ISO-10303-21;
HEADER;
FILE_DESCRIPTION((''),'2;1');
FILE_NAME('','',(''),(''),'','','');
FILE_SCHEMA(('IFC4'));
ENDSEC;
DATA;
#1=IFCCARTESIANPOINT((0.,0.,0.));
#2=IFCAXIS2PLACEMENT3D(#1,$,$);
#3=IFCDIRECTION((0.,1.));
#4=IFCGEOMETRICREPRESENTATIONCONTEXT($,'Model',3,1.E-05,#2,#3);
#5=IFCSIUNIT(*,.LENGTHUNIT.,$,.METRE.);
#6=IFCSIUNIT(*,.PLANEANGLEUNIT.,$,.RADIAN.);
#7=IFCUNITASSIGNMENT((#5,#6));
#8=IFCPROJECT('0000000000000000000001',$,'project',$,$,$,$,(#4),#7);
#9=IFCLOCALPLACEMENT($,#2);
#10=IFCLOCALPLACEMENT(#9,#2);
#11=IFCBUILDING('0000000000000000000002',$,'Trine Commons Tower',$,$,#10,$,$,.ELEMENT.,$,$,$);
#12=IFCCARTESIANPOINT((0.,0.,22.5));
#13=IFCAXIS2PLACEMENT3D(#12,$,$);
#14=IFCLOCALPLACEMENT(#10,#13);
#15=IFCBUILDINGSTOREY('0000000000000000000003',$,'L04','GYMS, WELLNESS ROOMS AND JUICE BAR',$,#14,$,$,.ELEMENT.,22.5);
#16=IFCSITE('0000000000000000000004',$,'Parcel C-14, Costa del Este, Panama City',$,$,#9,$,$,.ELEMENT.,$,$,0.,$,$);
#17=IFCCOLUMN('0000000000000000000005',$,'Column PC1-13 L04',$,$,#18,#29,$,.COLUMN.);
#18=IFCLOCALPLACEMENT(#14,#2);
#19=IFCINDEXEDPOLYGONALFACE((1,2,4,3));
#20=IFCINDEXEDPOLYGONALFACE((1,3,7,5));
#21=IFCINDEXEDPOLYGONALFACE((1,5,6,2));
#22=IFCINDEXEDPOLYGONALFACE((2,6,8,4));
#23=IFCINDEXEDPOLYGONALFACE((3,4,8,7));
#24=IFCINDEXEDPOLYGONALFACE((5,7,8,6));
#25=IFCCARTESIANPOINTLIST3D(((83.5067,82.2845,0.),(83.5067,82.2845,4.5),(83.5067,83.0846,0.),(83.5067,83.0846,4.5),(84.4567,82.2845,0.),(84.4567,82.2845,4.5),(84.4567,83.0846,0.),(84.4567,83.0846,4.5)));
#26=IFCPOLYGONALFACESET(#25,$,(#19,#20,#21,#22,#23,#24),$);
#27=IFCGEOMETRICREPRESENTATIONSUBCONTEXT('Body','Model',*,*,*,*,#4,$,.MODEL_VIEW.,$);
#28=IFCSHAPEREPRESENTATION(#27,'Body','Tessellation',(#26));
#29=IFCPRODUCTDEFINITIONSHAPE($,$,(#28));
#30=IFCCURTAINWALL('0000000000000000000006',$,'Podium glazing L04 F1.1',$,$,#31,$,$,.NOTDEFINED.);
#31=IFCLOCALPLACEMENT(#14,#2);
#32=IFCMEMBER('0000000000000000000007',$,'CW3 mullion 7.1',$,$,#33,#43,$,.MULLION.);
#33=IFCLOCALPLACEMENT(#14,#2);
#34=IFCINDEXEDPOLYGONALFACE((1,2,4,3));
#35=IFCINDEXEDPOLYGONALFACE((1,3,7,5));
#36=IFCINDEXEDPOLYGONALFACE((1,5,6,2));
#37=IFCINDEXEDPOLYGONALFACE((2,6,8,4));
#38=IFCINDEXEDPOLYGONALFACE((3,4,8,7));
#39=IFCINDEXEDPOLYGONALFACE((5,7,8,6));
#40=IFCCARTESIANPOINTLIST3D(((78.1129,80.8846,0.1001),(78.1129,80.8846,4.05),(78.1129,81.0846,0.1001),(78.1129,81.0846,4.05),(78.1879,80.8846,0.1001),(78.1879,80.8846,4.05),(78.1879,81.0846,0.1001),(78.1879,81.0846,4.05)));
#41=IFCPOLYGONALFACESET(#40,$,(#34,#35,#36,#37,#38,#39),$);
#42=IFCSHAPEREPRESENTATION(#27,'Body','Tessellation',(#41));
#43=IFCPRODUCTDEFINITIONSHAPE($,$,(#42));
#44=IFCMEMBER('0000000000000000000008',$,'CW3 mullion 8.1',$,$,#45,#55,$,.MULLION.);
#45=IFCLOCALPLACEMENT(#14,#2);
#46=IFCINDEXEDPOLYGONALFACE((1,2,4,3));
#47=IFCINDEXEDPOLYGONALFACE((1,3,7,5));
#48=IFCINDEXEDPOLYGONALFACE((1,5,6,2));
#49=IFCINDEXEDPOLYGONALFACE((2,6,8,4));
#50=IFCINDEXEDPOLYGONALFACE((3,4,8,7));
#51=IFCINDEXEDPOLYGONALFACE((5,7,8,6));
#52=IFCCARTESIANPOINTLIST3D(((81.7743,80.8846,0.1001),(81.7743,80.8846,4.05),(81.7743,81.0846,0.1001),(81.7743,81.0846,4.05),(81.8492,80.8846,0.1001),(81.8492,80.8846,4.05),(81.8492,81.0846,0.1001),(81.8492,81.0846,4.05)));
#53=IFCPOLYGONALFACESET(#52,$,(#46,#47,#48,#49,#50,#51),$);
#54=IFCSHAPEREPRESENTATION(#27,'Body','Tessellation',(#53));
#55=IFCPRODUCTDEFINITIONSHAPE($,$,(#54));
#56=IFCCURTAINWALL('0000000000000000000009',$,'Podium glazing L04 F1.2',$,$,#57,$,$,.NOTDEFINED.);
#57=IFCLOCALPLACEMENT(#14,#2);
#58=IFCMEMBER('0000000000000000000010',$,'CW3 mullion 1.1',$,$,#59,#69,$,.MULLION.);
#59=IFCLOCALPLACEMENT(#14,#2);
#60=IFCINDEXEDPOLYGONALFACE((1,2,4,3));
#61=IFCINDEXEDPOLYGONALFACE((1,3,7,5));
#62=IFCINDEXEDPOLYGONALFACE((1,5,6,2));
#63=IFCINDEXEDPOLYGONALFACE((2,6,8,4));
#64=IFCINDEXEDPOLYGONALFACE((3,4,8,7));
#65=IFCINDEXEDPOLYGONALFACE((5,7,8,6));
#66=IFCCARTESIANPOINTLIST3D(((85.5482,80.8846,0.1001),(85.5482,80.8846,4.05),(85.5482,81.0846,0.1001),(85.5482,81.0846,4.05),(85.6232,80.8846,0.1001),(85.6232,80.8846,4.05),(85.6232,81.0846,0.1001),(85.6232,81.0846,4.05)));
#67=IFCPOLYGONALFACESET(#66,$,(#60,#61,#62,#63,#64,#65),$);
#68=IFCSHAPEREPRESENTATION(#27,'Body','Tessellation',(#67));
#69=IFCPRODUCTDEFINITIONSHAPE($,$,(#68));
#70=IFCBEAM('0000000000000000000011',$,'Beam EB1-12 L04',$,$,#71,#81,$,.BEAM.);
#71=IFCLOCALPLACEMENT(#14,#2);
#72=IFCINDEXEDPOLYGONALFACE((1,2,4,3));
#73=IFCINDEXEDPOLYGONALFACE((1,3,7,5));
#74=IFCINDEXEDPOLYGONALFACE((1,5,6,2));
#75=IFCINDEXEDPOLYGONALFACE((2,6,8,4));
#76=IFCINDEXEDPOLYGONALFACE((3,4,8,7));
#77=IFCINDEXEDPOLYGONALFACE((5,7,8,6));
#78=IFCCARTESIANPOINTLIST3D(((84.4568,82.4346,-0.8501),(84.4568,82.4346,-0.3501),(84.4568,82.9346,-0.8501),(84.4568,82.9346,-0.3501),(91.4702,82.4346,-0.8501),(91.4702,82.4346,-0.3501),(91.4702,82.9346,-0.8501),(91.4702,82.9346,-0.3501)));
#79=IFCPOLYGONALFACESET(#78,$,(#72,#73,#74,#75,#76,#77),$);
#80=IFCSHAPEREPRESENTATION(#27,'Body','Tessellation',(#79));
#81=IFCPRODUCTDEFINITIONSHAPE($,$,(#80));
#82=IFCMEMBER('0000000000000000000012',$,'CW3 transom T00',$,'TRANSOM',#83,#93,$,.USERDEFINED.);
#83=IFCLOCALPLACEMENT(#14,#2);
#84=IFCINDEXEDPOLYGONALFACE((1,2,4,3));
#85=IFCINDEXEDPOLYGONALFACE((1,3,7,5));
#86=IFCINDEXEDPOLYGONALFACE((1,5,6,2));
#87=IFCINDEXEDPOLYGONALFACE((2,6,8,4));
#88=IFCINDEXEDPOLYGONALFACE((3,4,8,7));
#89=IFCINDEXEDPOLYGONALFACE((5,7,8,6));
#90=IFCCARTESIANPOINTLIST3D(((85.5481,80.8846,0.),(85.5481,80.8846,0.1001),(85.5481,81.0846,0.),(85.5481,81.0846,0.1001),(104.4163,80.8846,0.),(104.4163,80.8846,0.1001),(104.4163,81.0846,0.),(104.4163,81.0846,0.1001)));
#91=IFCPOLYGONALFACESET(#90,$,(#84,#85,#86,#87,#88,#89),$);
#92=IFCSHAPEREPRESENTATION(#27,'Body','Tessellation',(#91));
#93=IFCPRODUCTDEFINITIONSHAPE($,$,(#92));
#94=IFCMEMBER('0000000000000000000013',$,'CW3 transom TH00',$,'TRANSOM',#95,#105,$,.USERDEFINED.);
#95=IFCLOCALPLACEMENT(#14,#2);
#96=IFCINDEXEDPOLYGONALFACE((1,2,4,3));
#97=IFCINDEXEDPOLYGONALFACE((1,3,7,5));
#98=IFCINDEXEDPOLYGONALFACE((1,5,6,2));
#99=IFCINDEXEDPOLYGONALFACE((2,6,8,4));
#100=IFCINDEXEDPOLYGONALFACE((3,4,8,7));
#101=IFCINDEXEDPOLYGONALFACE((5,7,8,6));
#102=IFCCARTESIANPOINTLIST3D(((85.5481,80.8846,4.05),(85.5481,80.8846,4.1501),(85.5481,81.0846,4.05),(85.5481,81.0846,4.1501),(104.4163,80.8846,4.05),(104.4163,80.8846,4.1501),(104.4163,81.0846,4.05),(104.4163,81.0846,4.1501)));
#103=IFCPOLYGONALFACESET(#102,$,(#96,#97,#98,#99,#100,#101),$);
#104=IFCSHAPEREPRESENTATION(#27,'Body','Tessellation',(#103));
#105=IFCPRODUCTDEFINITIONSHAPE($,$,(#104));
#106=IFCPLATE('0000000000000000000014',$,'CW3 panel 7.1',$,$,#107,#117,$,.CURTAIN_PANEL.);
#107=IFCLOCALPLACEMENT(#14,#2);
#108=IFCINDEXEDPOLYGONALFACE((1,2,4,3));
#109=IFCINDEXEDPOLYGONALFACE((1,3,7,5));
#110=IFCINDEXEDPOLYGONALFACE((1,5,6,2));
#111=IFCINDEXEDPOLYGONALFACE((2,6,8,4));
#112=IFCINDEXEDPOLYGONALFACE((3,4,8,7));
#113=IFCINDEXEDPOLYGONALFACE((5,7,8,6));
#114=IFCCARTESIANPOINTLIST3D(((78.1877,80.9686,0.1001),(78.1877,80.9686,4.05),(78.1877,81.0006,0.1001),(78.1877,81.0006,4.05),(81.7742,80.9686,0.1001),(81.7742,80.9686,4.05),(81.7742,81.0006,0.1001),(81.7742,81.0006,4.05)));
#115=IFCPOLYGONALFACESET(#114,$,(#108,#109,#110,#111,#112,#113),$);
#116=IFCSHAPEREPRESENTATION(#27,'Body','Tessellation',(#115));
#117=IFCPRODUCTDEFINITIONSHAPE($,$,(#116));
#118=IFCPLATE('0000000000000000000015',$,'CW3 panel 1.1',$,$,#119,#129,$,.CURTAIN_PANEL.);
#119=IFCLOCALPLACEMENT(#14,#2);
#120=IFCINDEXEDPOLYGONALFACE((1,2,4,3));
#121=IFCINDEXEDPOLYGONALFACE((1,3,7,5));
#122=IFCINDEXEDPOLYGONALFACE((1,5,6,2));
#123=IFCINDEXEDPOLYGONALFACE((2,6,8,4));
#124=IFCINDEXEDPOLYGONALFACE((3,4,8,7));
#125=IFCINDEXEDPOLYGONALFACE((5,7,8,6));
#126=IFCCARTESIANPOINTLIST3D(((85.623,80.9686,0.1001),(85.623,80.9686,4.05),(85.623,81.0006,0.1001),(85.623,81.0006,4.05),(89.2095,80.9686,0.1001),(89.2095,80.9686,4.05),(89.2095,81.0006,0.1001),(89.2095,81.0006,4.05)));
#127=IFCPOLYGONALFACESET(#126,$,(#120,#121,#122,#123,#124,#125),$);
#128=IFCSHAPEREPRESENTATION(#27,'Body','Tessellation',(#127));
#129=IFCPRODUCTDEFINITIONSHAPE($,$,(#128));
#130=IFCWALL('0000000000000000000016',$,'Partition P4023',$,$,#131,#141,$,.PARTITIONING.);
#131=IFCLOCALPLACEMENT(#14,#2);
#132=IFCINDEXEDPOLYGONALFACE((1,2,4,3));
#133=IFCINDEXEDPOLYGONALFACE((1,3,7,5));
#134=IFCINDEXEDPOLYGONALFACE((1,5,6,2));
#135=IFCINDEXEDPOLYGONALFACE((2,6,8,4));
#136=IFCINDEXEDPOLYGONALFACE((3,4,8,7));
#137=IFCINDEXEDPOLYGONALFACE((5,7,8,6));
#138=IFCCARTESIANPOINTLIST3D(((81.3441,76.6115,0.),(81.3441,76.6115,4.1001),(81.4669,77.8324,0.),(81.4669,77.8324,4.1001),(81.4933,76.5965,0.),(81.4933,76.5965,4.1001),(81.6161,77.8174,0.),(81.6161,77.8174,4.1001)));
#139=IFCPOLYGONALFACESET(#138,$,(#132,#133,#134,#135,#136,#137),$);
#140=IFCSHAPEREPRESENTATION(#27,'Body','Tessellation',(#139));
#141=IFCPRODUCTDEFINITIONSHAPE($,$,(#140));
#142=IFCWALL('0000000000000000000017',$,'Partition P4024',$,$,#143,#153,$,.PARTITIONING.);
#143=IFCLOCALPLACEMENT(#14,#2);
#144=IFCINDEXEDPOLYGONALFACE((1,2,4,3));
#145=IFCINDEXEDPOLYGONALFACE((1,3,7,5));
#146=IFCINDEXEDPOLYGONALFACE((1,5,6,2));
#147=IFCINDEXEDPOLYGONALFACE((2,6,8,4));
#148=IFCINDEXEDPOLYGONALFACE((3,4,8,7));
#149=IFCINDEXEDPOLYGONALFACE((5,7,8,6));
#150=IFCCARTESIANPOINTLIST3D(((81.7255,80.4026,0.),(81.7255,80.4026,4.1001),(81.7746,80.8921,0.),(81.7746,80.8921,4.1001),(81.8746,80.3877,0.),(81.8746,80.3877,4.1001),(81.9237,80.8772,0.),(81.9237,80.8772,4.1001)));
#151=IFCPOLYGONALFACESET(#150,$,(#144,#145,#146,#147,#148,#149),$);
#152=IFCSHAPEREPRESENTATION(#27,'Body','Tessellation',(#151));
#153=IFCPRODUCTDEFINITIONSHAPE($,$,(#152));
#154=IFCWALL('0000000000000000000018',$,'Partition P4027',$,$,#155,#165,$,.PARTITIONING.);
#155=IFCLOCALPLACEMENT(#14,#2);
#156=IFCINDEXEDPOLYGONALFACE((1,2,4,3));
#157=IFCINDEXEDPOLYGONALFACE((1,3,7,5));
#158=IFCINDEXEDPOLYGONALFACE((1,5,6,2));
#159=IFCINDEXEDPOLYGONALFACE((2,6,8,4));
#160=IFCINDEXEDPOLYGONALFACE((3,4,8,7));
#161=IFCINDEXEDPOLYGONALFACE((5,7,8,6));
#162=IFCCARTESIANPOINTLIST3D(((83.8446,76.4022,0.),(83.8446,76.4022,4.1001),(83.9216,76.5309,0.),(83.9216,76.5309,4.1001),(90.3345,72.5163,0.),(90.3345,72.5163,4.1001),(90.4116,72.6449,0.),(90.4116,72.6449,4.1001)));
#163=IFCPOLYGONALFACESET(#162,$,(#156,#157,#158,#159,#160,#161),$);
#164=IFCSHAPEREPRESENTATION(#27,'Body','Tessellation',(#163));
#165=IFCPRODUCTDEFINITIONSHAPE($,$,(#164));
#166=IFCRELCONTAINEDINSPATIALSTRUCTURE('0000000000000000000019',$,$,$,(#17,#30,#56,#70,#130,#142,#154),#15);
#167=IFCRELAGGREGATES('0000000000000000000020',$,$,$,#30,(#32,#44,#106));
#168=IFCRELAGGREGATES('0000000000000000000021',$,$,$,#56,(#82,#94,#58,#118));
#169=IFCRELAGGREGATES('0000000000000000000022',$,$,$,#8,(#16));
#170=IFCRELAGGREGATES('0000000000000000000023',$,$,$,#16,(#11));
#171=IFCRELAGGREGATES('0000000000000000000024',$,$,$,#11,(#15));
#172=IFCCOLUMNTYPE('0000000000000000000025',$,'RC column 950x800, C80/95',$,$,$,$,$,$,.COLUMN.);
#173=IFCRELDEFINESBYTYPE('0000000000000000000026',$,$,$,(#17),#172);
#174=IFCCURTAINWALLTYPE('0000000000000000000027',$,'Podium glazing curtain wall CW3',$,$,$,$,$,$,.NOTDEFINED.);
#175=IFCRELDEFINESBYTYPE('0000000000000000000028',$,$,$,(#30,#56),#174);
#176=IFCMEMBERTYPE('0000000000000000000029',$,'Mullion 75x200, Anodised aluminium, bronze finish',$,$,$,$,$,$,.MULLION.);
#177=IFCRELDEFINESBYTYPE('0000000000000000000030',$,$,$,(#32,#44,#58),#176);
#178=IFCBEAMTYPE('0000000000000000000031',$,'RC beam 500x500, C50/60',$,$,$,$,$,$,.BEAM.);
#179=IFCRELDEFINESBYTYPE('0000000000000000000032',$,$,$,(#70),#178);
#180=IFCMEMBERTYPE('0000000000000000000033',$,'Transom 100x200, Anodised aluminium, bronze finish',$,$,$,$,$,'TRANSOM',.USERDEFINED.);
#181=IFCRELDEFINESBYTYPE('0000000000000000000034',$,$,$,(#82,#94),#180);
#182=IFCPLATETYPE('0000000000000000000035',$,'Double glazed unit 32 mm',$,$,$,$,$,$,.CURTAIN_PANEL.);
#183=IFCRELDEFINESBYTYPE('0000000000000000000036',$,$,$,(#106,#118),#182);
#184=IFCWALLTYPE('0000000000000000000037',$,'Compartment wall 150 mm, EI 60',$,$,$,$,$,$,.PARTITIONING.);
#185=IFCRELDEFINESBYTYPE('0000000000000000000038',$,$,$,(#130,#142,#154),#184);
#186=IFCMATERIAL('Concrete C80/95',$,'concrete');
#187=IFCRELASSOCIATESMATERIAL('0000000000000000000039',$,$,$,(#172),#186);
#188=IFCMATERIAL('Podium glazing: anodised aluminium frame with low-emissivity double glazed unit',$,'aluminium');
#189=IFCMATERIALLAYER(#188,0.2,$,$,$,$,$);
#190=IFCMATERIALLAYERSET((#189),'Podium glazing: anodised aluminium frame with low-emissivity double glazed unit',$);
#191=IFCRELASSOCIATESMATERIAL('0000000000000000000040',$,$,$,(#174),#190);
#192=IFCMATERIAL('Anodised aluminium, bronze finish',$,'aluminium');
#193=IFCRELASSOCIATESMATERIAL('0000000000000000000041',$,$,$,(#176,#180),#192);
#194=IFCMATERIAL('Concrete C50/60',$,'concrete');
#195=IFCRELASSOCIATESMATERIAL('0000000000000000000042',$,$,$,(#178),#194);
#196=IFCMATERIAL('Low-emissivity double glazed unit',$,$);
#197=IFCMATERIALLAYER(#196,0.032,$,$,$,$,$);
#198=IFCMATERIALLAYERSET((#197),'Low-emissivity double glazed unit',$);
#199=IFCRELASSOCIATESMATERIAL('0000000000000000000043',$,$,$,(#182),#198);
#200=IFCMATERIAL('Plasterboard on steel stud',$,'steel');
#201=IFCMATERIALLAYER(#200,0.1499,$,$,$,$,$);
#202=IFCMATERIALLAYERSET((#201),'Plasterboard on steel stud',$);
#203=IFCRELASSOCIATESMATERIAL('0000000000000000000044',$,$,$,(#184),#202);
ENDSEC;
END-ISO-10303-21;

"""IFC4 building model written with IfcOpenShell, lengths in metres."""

from ifc_helpers import new_model, si_unit, direction, frame, frame_2d, origin, origin_2d, place, context, subcontext, project, spatial, rectangle, extrude, material, layer, layer_set, material_profile, profile_set, type_object, element, aggregate, save


model = new_model("IFC4")

# Units and contexts
model_context = context("Model", 3, precision=1e-05, world=origin(), true_north=direction((0.0, 1.0)))
body_context = subcontext(model_context, "Body", "Model", "MODEL_VIEW")
ifc_project = project(units=[si_unit("LENGTHUNIT", "METRE"), si_unit("PLANEANGLEUNIT", "RADIAN")], contexts=[model_context])

# Site, building, storey
site_placement = place(None, origin())
site = spatial("IfcSite", under=ifc_project, at=site_placement, Name="Parcel C-14, Costa del Este, Panama City", CompositionType="ELEMENT", RefElevation=0.0)
building_placement = place(site_placement, origin())
building = spatial("IfcBuilding", under=site, at=building_placement, Name="Trine Commons Tower", CompositionType="ELEMENT")
storey_placement = place(building_placement, frame((0.0, 0.0, 22.5)))
storey = spatial("IfcBuildingStorey", under=building, at=storey_placement, Name="L04", Description="GYMS, WELLNESS ROOMS AND JUICE BAR", CompositionType="ELEMENT", Elevation=22.5)

# Column
ifc_material_1 = material(Name="Concrete C80/95", Category="concrete")
ifc_material_profile_1 = material_profile(ifc_material_1, rectangle(XDim=0.95, YDim=0.8, at=origin_2d()), Name="RC 950x800")
ifc_profile_set_1 = profile_set([ifc_material_profile_1], Name="Concrete C80/95")
column_type = type_object("IfcColumnType", Name="RC column 950x800, C80/95", PredefinedType="COLUMN", material=ifc_profile_set_1)
column_placement = place(storey_placement, frame((83.9817, 82.6846, 0.0), z_axis=(0.0, 0.0, 1.0), x_axis=(1.0, 0.0, 0.0)))
element("IfcColumn", 1, at=column_placement, inside=storey, type_object=column_type, Name="Column PC1-13 L04", PredefinedType="COLUMN", context=body_context, shape_type="SweptSolid", body=[
    extrude(rectangle(XDim=0.95, YDim=0.8, at=origin_2d()), origin(), (0.0, 0.0, 1.0), 4.5),
])

# Curtain wall, members
ifc_material_2 = material(Name="Podium glazing: anodised aluminium frame with low-emissivity double glazed unit", Category="aluminium")
ifc_layer_1 = layer(ifc_material_2, 0.2)
ifc_layer_set_1 = layer_set([ifc_layer_1], Name="Podium glazing: anodised aluminium frame with low-emissivity double glazed unit")
curtain_wall_type = type_object("IfcCurtainWallType", Name="Podium glazing curtain wall CW3", PredefinedType="NOTDEFINED", material=ifc_layer_set_1)
curtain_wall_1_placement = place(storey_placement, origin())
curtain_wall_1 = element("IfcCurtainWall", 2, at=curtain_wall_1_placement, inside=storey, type_object=curtain_wall_type, Name="Podium glazing L04 F1.1", PredefinedType="NOTDEFINED")
ifc_material_3 = material(Name="Anodised aluminium, bronze finish", Category="aluminium")
ifc_material_profile_2 = material_profile(ifc_material_3, rectangle(XDim=0.2, YDim=0.075, at=origin_2d()), Name="Mullion 75x200")
ifc_profile_set_2 = profile_set([ifc_material_profile_2], Name="Anodised aluminium, bronze finish")
member_type_1 = type_object("IfcMemberType", Name="Mullion 75x200, Anodised aluminium, bronze finish", PredefinedType="MULLION", material=ifc_profile_set_2)
member_1_placement = place(storey_placement, frame((78.1504, 80.9846, 0.1001), z_axis=(0.0, 0.0, 1.0), x_axis=(0.0, 1.0, 0.0)))
member_1 = element("IfcMember", 3, at=member_1_placement, type_object=member_type_1, Name="CW3 mullion 7.1", PredefinedType="MULLION", context=body_context, shape_type="SweptSolid", body=[
    extrude(rectangle(XDim=0.2, YDim=0.075, at=origin_2d()), origin(), (0.0, 0.0, 1.0), 3.95),
])
member_2_placement = place(storey_placement, frame((81.8118, 80.9846, 0.1001), z_axis=(0.0, 0.0, 1.0), x_axis=(0.0, 1.0, 0.0)))
member_2 = element("IfcMember", 4, at=member_2_placement, type_object=member_type_1, Name="CW3 mullion 8.1", PredefinedType="MULLION", context=body_context, shape_type="SweptSolid", body=[
    extrude(rectangle(XDim=0.2, YDim=0.075, at=origin_2d()), origin(), (0.0, 0.0, 1.0), 3.95),
])

# Curtain wall, member
curtain_wall_2_placement = place(storey_placement, origin())
curtain_wall_2 = element("IfcCurtainWall", 5, at=curtain_wall_2_placement, inside=storey, type_object=curtain_wall_type, Name="Podium glazing L04 F1.2", PredefinedType="NOTDEFINED")
member_3_placement = place(storey_placement, frame((85.5857, 80.9846, 0.1001), z_axis=(0.0, 0.0, 1.0), x_axis=(0.0, 1.0, 0.0)))
member_3 = element("IfcMember", 6, at=member_3_placement, type_object=member_type_1, Name="CW3 mullion 1.1", PredefinedType="MULLION", context=body_context, shape_type="SweptSolid", body=[
    extrude(rectangle(XDim=0.2, YDim=0.075, at=origin_2d()), origin(), (0.0, 0.0, 1.0), 3.95),
])

# Beam
ifc_material_4 = material(Name="Concrete C50/60", Category="concrete")
ifc_material_profile_3 = material_profile(ifc_material_4, rectangle(XDim=0.5, YDim=0.5, at=origin_2d()), Name="RC 500x500")
ifc_profile_set_3 = profile_set([ifc_material_profile_3], Name="Concrete C50/60")
beam_type = type_object("IfcBeamType", Name="RC beam 500x500, C50/60", PredefinedType="BEAM", material=ifc_profile_set_3)
beam_placement = place(storey_placement, frame((84.4568, 82.6846, -0.6001), z_axis=(1.0, 0.0, 0.0), x_axis=(0.0, 1.0, 0.0)))
element("IfcBeam", 7, at=beam_placement, inside=storey, type_object=beam_type, Name="Beam EB1-12 L04", PredefinedType="BEAM", context=body_context, shape_type="SweptSolid", body=[
    extrude(rectangle(XDim=0.5, YDim=0.5, at=origin_2d()), origin(), (0.0, 0.0, 1.0), 7.0134),
])

# Members
ifc_material_profile_4 = material_profile(ifc_material_3, rectangle(XDim=0.2, YDim=0.1001, at=origin_2d()), Name="Transom 100x200")
ifc_profile_set_4 = profile_set([ifc_material_profile_4], Name="Anodised aluminium, bronze finish")
member_type_2 = type_object("IfcMemberType", Name="Transom 100x200, Anodised aluminium, bronze finish", ElementType="TRANSOM", PredefinedType="USERDEFINED", material=ifc_profile_set_4)
member_4_placement = place(storey_placement, frame((85.5481, 80.9846, 0.05), z_axis=(1.0, 0.0, 0.0), x_axis=(0.0, 1.0, 0.0)))
member_4 = element("IfcMember", 8, at=member_4_placement, type_object=member_type_2, Name="CW3 transom T00", ObjectType="TRANSOM", PredefinedType="USERDEFINED", context=body_context, shape_type="SweptSolid", body=[
    extrude(rectangle(XDim=0.2, YDim=0.1001, at=origin_2d()), origin(), (0.0, 0.0, 1.0), 18.8682),
])
member_5_placement = place(storey_placement, frame((85.5481, 80.9846, 4.1001), z_axis=(1.0, 0.0, 0.0), x_axis=(0.0, 1.0, 0.0)))
member_5 = element("IfcMember", 9, at=member_5_placement, type_object=member_type_2, Name="CW3 transom TH00", ObjectType="TRANSOM", PredefinedType="USERDEFINED", context=body_context, shape_type="SweptSolid", body=[
    extrude(rectangle(XDim=0.2, YDim=0.1001, at=origin_2d()), origin(), (0.0, 0.0, 1.0), 18.8682),
])

# Plates
ifc_material_5 = material(Name="Low-emissivity double glazed unit")
ifc_layer_2 = layer(ifc_material_5, 0.032)
ifc_layer_set_2 = layer_set([ifc_layer_2], Name="Low-emissivity double glazed unit")
plate_type = type_object("IfcPlateType", Name="Double glazed unit 32 mm", PredefinedType="CURTAIN_PANEL", material=ifc_layer_set_2)
plate_1_placement = place(storey_placement, frame((79.981, 80.9846, 0.1001), z_axis=(0.0, 0.0, 1.0), x_axis=(1.0, 0.0, 0.0)))
plate_1 = element("IfcPlate", 10, at=plate_1_placement, type_object=plate_type, Name="CW3 panel 7.1", PredefinedType="CURTAIN_PANEL", context=body_context, shape_type="SweptSolid", body=[
    extrude(rectangle(XDim=3.5864, YDim=0.032, at=origin_2d()), origin(), (0.0, 0.0, 1.0), 3.95),
])
aggregate(curtain_wall_1, [member_1, member_2, plate_1])
plate_2_placement = place(storey_placement, frame((87.4163, 80.9846, 0.1001), z_axis=(0.0, 0.0, 1.0), x_axis=(1.0, 0.0, 0.0)))
plate_2 = element("IfcPlate", 11, at=plate_2_placement, type_object=plate_type, Name="CW3 panel 1.1", PredefinedType="CURTAIN_PANEL", context=body_context, shape_type="SweptSolid", body=[
    extrude(rectangle(XDim=3.5864, YDim=0.032, at=origin_2d()), origin(), (0.0, 0.0, 1.0), 3.95),
])
aggregate(curtain_wall_2, [member_4, member_5, member_3, plate_2])

# Walls
ifc_material_6 = material(Name="Plasterboard on steel stud", Category="steel")
ifc_layer_3 = layer(ifc_material_6, 0.1499)
ifc_layer_set_3 = layer_set([ifc_layer_3], Name="Plasterboard on steel stud")
wall_type_1 = type_object("IfcWallType", Name="Compartment wall 150 mm, EI 60", PredefinedType="PARTITIONING", material=ifc_layer_set_3)
wall_1_placement = place(storey_placement, frame((81.4187, 76.604, 0.0), z_axis=(0.0, 0.0, 1.0), x_axis=(0.100075, 0.99498, 0.0)))
element("IfcWall", 12, at=wall_1_placement, inside=storey, type_object=wall_type_1, Name="Partition P4023", PredefinedType="PARTITIONING", context=body_context, shape_type="SweptSolid", body=[
    extrude(rectangle(XDim=1.2271, YDim=0.1499, at=frame_2d((0.6135, 0.0))), origin(), (0.0, 0.0, 1.0), 4.1001),
])
wall_2_placement = place(storey_placement, frame((81.8, 80.395, 0.0), z_axis=(0.0, 0.0, 1.0), x_axis=(0.099749, 0.995013, 0.0)))
element("IfcWall", 13, at=wall_2_placement, inside=storey, type_object=wall_type_1, Name="Partition P4024", PredefinedType="PARTITIONING", context=body_context, shape_type="SweptSolid", body=[
    extrude(rectangle(XDim=0.4919, YDim=0.1499, at=frame_2d((0.2461, 0.0))), origin(), (0.0, 0.0, 1.0), 4.1001),
])
wall_3_placement = place(storey_placement, frame((83.8831, 76.4666, 0.0), z_axis=(0.0, 0.0, 1.0), x_axis=(0.85796, -0.513717, 0.0)))
element("IfcWall", 14, at=wall_3_placement, inside=storey, type_object=wall_type_1, Name="Partition P4027", PredefinedType="PARTITIONING", context=body_context, shape_type="SweptSolid", body=[
    extrude(rectangle(XDim=7.5645, YDim=0.1499, at=frame_2d((3.7822, 0.0))), origin(), (0.0, 0.0, 1.0), 4.1001),
])

save(model, "model.ifc")
